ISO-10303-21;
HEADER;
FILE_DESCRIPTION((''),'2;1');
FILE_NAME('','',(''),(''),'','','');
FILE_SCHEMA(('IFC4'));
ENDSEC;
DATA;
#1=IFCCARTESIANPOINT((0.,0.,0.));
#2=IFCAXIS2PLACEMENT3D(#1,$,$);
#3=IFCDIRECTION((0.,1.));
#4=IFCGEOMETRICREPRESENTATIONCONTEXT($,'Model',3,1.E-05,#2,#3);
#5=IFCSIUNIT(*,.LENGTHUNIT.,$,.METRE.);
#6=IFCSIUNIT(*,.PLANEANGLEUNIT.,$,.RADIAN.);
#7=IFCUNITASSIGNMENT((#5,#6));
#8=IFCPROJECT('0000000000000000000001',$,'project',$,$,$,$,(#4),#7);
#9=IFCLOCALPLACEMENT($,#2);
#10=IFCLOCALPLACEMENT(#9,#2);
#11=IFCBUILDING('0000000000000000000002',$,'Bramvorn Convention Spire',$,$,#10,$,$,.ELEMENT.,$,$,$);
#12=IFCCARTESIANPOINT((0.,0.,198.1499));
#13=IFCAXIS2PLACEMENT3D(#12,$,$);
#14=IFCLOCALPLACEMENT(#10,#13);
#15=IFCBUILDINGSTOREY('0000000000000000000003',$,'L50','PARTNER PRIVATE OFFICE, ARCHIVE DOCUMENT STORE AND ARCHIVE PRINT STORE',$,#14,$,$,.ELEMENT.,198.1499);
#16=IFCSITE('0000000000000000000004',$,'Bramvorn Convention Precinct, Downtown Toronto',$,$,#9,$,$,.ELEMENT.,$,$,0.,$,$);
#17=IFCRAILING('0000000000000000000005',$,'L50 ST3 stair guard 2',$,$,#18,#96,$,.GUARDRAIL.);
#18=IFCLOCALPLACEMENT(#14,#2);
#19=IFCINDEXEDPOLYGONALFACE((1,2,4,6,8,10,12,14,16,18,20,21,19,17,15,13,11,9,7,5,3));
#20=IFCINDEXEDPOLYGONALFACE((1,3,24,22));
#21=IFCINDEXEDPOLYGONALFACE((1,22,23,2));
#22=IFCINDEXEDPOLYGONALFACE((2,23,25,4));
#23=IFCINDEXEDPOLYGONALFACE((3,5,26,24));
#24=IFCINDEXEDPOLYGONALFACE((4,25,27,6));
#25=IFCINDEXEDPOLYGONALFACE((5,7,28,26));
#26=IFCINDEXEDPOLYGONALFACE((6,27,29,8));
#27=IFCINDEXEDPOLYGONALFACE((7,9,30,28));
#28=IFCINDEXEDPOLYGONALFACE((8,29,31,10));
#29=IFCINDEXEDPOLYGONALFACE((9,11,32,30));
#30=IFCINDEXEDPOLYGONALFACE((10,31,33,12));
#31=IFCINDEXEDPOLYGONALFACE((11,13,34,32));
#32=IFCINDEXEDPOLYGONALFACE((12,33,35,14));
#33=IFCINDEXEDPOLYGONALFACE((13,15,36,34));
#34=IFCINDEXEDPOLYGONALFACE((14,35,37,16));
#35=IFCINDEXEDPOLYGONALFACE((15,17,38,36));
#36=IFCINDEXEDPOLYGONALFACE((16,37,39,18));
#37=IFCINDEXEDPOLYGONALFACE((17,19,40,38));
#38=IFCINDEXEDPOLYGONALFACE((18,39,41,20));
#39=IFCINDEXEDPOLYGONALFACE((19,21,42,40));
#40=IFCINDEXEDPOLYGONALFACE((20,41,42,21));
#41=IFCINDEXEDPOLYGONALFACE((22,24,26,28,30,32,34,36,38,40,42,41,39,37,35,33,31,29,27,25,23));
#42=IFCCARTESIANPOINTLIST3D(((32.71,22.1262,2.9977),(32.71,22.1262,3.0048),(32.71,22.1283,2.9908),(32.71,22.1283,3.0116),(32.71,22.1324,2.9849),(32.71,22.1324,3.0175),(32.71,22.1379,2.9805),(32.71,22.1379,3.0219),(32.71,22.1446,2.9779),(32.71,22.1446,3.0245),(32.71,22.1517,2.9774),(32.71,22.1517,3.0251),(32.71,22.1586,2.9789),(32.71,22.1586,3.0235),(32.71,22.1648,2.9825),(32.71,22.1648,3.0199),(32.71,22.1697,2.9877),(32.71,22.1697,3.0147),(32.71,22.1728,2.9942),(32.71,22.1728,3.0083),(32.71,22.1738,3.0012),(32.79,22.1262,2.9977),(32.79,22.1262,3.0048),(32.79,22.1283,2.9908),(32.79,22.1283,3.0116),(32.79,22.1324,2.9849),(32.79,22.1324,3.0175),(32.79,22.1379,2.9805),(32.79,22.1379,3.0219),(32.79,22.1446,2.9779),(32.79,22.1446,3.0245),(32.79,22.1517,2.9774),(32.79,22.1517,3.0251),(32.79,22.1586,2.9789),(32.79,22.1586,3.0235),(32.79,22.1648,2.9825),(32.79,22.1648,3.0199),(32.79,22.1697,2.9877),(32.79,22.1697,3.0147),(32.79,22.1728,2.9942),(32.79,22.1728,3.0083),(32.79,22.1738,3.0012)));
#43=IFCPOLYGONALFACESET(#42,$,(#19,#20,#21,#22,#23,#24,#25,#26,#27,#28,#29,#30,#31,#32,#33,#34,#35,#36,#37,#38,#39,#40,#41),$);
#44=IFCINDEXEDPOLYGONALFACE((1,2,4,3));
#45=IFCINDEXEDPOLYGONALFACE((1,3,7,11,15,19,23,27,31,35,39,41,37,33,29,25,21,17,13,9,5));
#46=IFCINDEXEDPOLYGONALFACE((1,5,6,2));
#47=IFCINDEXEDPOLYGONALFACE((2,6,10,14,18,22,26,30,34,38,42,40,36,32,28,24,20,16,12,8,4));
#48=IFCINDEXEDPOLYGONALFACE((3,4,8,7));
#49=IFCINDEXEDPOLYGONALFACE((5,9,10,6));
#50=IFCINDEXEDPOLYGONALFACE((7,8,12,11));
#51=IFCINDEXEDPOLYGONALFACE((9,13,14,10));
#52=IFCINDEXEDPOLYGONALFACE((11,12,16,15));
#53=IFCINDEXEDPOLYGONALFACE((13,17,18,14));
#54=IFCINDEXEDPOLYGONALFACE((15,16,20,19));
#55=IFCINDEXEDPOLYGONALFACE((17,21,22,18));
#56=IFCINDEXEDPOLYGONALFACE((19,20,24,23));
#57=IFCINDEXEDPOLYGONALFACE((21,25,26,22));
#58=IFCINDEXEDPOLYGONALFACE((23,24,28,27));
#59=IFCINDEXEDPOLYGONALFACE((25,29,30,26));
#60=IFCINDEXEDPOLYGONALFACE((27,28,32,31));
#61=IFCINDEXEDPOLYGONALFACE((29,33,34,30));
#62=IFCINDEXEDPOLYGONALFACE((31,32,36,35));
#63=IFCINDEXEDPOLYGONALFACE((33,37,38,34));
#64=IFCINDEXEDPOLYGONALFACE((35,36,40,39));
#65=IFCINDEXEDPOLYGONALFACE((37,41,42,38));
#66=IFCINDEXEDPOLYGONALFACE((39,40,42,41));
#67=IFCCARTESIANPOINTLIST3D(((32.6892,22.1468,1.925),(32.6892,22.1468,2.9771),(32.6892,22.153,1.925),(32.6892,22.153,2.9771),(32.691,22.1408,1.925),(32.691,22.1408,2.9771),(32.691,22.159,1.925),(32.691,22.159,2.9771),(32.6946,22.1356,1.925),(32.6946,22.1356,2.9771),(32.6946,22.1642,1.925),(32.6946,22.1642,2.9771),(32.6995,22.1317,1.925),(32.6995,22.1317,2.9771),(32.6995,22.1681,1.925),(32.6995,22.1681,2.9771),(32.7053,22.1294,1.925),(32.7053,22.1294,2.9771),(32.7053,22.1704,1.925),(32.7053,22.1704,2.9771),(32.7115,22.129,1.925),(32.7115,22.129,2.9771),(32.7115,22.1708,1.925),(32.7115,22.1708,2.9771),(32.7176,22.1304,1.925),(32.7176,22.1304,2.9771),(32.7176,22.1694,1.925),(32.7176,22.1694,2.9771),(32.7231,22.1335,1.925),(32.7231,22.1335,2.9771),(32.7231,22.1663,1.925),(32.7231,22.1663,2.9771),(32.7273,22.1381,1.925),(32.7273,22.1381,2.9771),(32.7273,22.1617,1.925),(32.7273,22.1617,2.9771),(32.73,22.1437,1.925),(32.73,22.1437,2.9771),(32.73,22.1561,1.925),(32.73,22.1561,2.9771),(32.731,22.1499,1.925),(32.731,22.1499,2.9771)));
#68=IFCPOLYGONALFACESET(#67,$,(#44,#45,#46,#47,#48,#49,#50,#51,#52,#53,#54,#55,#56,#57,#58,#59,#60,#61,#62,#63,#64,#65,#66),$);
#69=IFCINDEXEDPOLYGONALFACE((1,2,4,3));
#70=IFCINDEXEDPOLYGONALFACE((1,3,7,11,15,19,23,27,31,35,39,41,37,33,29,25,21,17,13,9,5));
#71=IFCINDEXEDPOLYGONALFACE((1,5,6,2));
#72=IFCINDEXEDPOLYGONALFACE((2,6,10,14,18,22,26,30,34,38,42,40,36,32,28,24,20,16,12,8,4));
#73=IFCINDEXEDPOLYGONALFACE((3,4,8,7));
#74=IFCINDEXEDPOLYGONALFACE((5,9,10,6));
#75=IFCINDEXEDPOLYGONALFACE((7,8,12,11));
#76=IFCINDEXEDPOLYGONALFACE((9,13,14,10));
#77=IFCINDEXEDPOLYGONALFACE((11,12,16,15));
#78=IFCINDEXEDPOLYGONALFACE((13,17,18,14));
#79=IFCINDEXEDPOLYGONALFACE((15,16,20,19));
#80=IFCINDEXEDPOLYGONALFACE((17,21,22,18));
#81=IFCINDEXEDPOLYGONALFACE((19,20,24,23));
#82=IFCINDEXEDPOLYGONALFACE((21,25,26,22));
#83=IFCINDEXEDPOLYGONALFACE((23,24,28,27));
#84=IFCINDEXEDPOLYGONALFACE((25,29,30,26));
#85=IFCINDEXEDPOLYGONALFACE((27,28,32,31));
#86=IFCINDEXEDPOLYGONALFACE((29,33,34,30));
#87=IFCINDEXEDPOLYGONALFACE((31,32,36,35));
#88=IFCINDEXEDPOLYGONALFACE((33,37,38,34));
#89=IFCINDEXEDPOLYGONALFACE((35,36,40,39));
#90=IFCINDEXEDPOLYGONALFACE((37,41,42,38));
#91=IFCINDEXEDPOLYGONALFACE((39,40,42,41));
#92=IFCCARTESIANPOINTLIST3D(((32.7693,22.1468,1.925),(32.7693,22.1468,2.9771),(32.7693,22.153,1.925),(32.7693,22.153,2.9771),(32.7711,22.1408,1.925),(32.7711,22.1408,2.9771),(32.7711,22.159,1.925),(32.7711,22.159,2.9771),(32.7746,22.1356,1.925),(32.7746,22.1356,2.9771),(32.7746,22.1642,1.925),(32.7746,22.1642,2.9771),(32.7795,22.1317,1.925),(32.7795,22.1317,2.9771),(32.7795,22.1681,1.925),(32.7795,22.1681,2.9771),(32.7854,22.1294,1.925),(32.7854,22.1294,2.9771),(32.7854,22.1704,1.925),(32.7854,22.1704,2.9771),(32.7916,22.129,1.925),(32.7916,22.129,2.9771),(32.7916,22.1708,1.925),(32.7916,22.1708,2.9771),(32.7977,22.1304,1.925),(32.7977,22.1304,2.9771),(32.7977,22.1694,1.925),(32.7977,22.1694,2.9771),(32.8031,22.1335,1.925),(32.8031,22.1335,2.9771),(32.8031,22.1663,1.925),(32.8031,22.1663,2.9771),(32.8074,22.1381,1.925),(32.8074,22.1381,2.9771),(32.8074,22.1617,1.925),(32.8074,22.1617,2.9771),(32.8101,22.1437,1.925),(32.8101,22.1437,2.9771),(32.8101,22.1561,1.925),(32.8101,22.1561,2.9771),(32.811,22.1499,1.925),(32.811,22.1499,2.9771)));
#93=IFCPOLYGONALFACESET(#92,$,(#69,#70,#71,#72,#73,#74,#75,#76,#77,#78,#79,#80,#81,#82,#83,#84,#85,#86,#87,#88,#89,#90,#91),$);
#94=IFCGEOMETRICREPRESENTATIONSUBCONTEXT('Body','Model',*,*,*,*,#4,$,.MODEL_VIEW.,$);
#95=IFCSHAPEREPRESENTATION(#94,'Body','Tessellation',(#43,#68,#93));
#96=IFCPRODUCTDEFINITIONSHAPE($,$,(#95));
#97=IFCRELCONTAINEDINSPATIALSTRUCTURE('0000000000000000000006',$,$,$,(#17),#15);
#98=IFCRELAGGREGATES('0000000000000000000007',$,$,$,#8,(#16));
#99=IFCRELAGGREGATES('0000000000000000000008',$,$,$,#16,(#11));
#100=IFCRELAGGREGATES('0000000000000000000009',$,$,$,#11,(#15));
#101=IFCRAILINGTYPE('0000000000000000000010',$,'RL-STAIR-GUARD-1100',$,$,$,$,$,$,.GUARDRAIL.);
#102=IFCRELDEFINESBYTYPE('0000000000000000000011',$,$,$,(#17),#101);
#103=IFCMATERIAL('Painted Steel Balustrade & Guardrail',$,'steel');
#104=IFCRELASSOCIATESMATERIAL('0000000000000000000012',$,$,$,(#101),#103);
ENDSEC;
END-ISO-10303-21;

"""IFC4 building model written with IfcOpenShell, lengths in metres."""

from ifc_helpers import new_model, si_unit, direction, frame, origin, origin_2d, place, context, subcontext, project, spatial, circle, extrude, material, type_object, element, save


model = new_model("IFC4")

# Units and contexts
model_context = context("Model", 3, precision=1e-05, world=origin(), true_north=direction((0.0, 1.0)))
body_context = subcontext(model_context, "Body", "Model", "MODEL_VIEW")
ifc_project = project(units=[si_unit("LENGTHUNIT", "METRE"), si_unit("PLANEANGLEUNIT", "RADIAN")], contexts=[model_context])

# Site, building, storey
site_placement = place(None, origin())
site = spatial("IfcSite", under=ifc_project, at=site_placement, Name="Bramvorn Convention Precinct, Downtown Toronto", CompositionType="ELEMENT", RefElevation=0.0)
building_placement = place(site_placement, origin())
building = spatial("IfcBuilding", under=site, at=building_placement, Name="Bramvorn Convention Spire", CompositionType="ELEMENT")
storey_placement = place(building_placement, frame((0.0, 0.0, 198.1499)))
storey = spatial("IfcBuildingStorey", under=building, at=storey_placement, Name="L50", Description="PARTNER PRIVATE OFFICE, ARCHIVE DOCUMENT STORE AND ARCHIVE PRINT STORE", CompositionType="ELEMENT", Elevation=198.1499)

# Railing
ifc_material_1 = material(Name="Painted Steel Balustrade & Guardrail", Category="steel")
railing_type_1 = type_object("IfcRailingType", Name="RL-STAIR-GUARD-1100", PredefinedType="GUARDRAIL", material=ifc_material_1)
railing_1_placement = place(storey_placement, frame((32.71, 22.1499, 1.925)))
element("IfcRailing", 1, at=railing_1_placement, inside=storey, type_object=railing_type_1, Name="L50 ST3 stair guard 2", PredefinedType="GUARDRAIL", context=body_context, shape_type="SweptSolid", body=[
    extrude(circle(Radius=0.0239, at=origin_2d()), frame((0.0, 0.0, 1.0762), z_axis=(1.0, 0.0, 0.0), x_axis=(0.0, 1.0, 0.0)), (0.0, 0.0, 1.0), 0.0801),
    extrude(circle(Radius=0.021, at=origin_2d()), origin(), (0.0, 0.0, 1.0), 1.052),
    extrude(circle(Radius=0.021, at=origin_2d()), frame((0.0801, 0.0, 0.0)), (0.0, 0.0, 1.0), 1.052),
])

save(model, "model.ifc")
